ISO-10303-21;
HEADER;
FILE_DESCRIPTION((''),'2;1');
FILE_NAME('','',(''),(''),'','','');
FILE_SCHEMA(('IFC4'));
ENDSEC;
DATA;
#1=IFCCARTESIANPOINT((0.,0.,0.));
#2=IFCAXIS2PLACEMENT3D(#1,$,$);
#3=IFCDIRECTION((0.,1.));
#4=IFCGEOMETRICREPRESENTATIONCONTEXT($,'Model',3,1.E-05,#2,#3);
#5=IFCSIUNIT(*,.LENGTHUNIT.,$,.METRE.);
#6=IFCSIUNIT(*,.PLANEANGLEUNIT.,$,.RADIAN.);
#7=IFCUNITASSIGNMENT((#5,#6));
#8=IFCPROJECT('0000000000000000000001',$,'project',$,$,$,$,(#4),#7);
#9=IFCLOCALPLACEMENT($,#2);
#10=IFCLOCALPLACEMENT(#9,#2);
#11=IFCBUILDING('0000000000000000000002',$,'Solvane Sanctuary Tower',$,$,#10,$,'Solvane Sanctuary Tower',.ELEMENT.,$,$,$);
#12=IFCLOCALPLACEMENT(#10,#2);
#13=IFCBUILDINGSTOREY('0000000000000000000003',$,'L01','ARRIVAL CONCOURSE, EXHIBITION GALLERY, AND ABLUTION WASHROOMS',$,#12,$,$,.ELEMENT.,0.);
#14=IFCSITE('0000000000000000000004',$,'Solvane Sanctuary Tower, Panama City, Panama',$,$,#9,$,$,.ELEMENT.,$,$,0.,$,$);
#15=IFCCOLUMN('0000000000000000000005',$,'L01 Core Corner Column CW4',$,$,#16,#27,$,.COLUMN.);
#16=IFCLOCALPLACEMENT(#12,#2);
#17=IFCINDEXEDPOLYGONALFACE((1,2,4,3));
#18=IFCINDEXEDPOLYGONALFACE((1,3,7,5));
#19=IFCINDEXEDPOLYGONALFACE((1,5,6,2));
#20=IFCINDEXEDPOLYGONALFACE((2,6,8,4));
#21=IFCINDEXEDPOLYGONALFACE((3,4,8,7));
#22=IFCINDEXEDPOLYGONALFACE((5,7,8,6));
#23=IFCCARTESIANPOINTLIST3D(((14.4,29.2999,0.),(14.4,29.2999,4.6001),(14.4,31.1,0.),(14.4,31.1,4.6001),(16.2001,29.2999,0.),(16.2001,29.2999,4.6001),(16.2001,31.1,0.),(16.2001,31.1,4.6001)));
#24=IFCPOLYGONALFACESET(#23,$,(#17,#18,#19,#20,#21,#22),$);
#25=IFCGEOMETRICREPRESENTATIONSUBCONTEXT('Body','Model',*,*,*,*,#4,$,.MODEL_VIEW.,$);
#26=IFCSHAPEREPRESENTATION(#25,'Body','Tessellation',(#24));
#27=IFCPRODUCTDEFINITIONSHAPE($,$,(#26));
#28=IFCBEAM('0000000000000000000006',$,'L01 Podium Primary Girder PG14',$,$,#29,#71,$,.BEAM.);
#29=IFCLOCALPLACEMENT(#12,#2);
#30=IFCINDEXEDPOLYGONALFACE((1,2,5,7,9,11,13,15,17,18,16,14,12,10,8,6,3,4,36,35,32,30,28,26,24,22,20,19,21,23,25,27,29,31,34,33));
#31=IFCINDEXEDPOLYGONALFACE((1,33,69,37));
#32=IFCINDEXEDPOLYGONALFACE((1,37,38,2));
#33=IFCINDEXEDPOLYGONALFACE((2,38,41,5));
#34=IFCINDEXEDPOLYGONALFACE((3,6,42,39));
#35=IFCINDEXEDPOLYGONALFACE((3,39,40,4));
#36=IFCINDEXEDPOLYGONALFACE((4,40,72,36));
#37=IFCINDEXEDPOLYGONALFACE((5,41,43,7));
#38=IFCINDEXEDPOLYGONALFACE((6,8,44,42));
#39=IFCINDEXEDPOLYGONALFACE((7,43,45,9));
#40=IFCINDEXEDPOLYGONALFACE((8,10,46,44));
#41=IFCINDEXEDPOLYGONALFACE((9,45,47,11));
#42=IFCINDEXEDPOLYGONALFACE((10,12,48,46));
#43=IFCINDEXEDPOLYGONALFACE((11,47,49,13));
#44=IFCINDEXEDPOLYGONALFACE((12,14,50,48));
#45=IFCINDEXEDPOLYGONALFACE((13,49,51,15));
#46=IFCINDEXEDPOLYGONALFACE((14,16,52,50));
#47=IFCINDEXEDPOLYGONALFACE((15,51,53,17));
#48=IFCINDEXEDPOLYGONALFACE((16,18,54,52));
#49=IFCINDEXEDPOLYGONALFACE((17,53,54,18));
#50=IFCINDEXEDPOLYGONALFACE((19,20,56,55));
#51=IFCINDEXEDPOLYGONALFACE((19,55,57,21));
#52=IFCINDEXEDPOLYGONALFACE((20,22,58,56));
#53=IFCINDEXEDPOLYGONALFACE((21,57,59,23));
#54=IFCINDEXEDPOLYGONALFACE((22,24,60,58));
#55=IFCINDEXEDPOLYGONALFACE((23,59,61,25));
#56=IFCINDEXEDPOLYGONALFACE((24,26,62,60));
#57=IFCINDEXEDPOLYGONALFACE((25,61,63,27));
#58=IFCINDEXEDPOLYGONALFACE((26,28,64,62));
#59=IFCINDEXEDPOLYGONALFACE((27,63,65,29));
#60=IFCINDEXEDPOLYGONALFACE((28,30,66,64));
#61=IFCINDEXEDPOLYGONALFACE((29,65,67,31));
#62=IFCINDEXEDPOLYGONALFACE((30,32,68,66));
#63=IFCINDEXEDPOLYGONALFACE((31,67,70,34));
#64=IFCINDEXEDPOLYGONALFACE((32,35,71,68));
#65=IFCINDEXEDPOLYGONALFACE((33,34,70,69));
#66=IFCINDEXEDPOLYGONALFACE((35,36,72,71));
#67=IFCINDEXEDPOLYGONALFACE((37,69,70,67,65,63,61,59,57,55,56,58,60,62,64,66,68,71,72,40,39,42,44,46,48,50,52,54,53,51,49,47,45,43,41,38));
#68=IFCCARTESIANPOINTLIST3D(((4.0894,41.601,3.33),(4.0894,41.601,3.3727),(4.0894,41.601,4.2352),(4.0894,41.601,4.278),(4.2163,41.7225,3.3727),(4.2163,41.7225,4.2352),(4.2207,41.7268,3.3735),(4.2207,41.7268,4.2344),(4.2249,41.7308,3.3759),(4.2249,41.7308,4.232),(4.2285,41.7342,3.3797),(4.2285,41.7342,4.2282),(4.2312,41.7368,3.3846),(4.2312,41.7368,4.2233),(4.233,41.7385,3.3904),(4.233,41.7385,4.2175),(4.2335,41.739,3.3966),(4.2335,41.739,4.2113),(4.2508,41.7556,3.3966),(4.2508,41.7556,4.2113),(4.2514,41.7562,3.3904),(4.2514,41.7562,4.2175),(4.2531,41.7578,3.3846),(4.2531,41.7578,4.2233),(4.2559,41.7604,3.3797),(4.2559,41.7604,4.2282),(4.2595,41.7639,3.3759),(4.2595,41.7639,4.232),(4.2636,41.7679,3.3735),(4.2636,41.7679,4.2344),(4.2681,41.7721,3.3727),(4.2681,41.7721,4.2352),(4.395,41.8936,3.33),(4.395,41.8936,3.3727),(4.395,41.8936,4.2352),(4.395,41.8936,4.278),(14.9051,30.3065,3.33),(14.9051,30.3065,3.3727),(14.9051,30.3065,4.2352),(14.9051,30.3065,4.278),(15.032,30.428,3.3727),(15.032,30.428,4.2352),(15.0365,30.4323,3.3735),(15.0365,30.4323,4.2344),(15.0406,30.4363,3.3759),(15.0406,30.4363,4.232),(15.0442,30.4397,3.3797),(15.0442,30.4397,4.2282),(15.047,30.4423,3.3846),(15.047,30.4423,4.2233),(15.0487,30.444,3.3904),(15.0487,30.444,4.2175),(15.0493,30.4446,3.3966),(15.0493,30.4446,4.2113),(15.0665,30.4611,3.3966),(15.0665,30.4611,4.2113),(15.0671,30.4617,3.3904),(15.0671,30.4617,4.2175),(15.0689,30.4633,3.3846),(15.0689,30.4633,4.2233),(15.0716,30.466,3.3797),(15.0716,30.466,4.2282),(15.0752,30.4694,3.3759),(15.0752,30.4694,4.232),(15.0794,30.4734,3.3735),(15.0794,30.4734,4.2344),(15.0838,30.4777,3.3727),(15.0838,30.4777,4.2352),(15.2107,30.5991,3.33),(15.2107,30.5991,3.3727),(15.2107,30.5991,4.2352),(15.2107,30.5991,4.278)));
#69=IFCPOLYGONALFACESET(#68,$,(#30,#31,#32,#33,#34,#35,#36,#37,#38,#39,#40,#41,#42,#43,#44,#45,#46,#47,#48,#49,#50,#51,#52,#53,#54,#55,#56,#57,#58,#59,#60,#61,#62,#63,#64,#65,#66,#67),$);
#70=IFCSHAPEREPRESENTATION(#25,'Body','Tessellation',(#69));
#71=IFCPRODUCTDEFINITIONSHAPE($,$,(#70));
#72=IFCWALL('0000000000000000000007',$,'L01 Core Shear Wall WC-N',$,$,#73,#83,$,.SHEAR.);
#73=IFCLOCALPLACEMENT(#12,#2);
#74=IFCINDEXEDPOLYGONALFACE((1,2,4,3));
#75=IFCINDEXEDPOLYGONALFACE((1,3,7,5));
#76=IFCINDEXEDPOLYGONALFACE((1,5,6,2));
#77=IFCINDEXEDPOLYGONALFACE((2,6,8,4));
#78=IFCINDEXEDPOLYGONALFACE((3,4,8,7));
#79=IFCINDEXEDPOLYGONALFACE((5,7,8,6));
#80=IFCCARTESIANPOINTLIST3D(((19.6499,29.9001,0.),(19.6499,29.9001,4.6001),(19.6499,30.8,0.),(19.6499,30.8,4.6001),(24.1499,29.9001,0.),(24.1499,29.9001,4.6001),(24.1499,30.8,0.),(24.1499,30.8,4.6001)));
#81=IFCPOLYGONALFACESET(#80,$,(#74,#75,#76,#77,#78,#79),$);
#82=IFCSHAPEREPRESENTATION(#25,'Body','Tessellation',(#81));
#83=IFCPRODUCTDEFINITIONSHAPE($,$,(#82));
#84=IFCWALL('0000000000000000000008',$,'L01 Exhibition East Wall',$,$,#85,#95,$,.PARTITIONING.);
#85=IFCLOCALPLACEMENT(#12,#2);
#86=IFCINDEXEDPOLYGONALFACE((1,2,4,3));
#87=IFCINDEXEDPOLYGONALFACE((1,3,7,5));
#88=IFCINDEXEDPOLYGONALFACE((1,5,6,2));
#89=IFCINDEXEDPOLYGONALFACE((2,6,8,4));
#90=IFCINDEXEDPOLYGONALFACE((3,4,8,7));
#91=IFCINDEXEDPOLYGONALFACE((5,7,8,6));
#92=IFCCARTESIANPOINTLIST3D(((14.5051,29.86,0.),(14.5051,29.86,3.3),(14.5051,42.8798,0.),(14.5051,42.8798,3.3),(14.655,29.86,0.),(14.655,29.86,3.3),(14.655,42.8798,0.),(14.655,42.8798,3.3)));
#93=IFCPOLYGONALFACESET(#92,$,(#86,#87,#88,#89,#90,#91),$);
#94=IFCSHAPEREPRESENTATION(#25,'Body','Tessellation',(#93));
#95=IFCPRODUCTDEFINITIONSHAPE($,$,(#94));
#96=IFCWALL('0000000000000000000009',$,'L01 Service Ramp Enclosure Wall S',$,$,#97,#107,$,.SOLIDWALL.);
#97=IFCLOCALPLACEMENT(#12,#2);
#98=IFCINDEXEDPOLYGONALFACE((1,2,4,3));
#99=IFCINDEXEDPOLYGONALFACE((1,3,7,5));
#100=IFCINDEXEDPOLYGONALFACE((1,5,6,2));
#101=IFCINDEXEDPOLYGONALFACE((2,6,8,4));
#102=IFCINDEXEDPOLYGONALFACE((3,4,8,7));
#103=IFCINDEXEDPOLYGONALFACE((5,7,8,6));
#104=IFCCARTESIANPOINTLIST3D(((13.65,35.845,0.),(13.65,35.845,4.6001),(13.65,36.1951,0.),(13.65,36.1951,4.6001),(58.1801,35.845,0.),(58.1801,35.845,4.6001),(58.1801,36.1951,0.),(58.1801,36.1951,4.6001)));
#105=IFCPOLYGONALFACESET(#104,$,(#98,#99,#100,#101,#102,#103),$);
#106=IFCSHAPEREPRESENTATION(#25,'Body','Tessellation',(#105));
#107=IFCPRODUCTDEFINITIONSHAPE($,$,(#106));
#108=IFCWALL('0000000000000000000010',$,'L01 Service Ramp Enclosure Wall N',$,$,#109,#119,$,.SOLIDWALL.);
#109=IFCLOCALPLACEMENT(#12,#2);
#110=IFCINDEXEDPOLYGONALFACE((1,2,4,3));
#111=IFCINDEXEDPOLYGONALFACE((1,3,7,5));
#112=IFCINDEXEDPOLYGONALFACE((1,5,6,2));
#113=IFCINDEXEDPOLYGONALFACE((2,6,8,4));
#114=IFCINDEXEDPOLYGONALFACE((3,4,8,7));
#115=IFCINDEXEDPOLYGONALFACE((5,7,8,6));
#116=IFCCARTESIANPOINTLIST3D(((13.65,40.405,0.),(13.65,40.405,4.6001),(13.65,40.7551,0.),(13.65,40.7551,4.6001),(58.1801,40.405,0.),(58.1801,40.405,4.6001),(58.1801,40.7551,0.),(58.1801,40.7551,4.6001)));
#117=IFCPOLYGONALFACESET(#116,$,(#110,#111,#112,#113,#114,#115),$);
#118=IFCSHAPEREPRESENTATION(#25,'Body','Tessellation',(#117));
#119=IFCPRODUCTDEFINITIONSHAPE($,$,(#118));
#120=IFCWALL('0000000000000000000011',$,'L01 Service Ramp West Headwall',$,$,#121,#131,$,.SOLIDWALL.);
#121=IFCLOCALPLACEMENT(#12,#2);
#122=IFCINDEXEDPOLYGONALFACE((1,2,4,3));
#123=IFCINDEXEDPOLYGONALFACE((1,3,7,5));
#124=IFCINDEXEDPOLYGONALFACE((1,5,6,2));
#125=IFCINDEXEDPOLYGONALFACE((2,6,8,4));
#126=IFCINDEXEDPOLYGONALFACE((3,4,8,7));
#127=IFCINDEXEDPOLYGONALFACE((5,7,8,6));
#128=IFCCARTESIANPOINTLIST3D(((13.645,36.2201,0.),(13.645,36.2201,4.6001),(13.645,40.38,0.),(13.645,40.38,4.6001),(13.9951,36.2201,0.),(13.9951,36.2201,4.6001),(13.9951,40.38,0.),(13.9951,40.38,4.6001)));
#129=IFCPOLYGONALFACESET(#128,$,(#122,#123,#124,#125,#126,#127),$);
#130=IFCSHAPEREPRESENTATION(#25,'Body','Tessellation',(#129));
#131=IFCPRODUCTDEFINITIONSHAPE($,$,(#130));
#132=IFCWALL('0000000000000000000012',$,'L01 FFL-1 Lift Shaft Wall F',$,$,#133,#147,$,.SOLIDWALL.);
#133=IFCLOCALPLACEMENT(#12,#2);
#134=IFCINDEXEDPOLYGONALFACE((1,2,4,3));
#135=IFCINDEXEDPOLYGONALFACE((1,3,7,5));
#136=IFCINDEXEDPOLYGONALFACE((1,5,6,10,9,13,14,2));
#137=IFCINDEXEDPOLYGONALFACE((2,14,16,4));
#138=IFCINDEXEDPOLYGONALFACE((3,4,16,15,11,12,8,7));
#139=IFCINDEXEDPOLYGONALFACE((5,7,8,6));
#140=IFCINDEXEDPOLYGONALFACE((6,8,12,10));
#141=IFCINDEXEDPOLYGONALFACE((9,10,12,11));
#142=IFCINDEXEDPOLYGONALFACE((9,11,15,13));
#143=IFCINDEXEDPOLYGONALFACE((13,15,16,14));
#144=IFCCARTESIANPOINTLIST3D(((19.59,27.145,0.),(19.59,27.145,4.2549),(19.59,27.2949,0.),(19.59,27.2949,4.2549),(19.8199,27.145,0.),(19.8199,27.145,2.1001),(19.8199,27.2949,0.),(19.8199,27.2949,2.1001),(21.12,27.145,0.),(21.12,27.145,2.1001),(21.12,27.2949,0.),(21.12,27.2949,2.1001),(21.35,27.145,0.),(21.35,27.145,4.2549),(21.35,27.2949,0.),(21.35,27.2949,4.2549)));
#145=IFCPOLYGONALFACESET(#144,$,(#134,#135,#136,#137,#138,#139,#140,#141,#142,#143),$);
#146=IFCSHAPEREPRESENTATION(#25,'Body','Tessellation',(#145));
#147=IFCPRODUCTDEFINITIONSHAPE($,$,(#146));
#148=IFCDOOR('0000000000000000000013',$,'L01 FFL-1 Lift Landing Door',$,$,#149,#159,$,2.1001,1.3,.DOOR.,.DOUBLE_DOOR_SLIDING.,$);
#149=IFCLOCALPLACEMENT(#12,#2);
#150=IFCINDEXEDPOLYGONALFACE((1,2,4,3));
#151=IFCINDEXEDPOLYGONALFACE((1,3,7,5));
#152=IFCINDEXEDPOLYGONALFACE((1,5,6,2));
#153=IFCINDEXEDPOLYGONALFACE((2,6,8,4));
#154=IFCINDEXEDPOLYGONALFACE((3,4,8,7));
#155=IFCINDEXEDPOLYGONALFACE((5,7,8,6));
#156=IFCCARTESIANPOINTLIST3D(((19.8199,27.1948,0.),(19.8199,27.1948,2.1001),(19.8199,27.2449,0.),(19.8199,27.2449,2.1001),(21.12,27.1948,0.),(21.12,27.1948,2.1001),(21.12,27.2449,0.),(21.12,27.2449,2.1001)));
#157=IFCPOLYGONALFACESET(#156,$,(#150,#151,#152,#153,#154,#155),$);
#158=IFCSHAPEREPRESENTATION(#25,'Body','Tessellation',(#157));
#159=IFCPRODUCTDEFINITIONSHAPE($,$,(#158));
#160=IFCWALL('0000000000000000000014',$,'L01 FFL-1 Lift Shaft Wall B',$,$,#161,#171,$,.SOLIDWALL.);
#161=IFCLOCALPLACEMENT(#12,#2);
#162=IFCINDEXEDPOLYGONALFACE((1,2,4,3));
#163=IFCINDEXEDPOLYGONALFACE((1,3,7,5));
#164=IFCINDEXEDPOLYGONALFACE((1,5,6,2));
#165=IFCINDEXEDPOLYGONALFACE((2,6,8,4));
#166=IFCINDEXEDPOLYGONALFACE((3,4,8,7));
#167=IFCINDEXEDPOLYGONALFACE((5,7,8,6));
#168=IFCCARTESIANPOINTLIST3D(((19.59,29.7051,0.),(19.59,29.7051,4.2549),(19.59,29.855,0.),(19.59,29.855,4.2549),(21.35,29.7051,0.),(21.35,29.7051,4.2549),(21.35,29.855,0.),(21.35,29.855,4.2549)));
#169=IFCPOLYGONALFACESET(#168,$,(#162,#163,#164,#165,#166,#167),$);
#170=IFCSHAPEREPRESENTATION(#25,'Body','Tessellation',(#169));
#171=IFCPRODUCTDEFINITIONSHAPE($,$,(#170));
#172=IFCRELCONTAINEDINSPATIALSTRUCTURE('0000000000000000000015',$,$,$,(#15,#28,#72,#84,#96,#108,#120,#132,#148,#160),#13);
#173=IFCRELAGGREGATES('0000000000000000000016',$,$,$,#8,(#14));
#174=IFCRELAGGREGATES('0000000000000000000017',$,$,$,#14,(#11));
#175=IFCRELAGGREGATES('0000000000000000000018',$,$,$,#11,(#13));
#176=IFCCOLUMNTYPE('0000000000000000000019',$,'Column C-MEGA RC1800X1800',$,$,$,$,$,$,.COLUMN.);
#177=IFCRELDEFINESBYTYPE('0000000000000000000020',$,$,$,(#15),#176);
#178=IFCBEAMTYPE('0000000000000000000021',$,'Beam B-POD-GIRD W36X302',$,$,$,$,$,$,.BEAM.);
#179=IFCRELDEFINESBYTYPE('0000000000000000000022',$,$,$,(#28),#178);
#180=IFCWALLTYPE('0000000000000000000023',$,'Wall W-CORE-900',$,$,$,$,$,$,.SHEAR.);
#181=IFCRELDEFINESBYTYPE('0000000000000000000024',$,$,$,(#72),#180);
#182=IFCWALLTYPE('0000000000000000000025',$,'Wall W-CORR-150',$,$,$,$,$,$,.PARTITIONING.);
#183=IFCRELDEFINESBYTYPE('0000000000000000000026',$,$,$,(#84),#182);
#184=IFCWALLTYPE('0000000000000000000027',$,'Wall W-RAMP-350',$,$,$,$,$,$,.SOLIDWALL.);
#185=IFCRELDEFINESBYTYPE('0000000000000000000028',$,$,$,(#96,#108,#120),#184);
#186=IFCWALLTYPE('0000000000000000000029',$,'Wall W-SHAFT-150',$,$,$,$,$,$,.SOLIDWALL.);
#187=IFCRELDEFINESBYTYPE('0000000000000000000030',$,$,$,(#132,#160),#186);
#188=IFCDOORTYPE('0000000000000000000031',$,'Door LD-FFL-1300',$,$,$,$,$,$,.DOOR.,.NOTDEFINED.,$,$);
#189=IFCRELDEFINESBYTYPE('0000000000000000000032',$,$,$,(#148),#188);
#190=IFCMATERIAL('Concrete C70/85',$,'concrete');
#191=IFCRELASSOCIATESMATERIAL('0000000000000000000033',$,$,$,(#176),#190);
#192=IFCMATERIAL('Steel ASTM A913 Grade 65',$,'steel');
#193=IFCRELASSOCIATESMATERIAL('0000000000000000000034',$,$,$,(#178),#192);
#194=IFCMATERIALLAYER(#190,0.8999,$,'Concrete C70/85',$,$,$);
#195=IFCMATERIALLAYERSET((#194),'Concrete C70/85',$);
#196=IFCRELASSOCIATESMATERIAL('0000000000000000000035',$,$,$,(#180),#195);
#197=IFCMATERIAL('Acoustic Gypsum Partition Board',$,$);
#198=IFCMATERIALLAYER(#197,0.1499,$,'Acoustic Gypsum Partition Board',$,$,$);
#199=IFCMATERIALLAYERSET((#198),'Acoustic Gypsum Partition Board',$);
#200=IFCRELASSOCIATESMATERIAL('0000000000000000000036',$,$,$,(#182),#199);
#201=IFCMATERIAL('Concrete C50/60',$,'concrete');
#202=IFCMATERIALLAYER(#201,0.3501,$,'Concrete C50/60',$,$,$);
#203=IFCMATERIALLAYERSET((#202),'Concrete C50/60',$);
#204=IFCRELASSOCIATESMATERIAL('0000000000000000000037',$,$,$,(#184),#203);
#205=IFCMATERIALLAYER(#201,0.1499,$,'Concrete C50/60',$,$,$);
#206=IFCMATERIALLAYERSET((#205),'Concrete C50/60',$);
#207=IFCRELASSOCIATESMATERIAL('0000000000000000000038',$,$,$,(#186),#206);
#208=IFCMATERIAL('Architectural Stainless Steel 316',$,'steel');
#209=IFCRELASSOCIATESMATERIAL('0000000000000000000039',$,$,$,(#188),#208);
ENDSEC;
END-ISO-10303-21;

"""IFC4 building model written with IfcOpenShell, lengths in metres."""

from ifc_helpers import new_model, si_unit, direction, frame, frame_2d, origin, origin_2d, place, context, subcontext, project, spatial, rectangle, i_section, extrude, material, layer, layer_set, material_profile, profile_set, type_object, element, fill, save


model = new_model("IFC4")

# Units and contexts
model_context = context("Model", 3, precision=1e-05, world=origin(), true_north=direction((0.0, 1.0)))
body_context = subcontext(model_context, "Body", "Model", "MODEL_VIEW")
ifc_project = project(units=[si_unit("LENGTHUNIT", "METRE"), si_unit("PLANEANGLEUNIT", "RADIAN")], contexts=[model_context])

# Site, building, storey
site_placement = place(None, origin())
site = spatial("IfcSite", under=ifc_project, at=site_placement, Name="Solvane Sanctuary Tower, Panama City, Panama", CompositionType="ELEMENT", RefElevation=0.0)
building_placement = place(site_placement, origin())
building = spatial("IfcBuilding", under=site, at=building_placement, Name="Solvane Sanctuary Tower", LongName="Solvane Sanctuary Tower", CompositionType="ELEMENT")
storey_placement = place(building_placement, origin())
storey = spatial("IfcBuildingStorey", under=building, at=storey_placement, Name="L01", Description="ARRIVAL CONCOURSE, EXHIBITION GALLERY, AND ABLUTION WASHROOMS", CompositionType="ELEMENT", Elevation=0.0)

# Column
ifc_material_1 = material(Name="Concrete C70/85", Category="concrete")
ifc_material_profile_1 = material_profile(ifc_material_1, rectangle(XDim=1.8, YDim=1.8, at=origin_2d()), Name="RC1800X1800")
ifc_profile_set_1 = profile_set([ifc_material_profile_1], Name="Concrete C70/85")
column_type = type_object("IfcColumnType", Name="Column C-MEGA RC1800X1800", PredefinedType="COLUMN", material=ifc_profile_set_1)
column_placement = place(storey_placement, frame((15.3, 30.2, 0.0), z_axis=(0.0, 0.0, 1.0), x_axis=(1.0, 0.0, 0.0)))
element("IfcColumn", 1, at=column_placement, inside=storey, type_object=column_type, Name="L01 Core Corner Column CW4", PredefinedType="COLUMN", context=body_context, shape_type="SweptSolid", body=[
    extrude(rectangle(XDim=1.8, YDim=1.8, at=origin_2d()), origin(), (0.0, 0.0, 1.0), 4.6001),
])

# Beam
ifc_material_2 = material(Name="Steel ASTM A913 Grade 65", Category="steel")
ifc_material_profile_2 = material_profile(ifc_material_2, i_section(OverallWidth=0.4231, OverallDepth=0.948, WebThickness=0.0239, FlangeThickness=0.0427, FilletRadius=0.0239, at=origin_2d()), Name="W36X302")
ifc_profile_set_2 = profile_set([ifc_material_profile_2], Name="Steel ASTM A913 Grade 65")
beam_type = type_object("IfcBeamType", Name="Beam B-POD-GIRD W36X302", PredefinedType="BEAM", material=ifc_profile_set_2)
beam_placement = place(storey_placement, frame((4.2422, 41.7473, 3.804), z_axis=(0.691633, -0.722249, 0.0), x_axis=(0.722249, 0.691633, 0.0)))
element("IfcBeam", 2, at=beam_placement, inside=storey, type_object=beam_type, Name="L01 Podium Primary Girder PG14", PredefinedType="BEAM", context=body_context, shape_type="SweptSolid", body=[
    extrude(i_section(OverallWidth=0.4231, OverallDepth=0.948, WebThickness=0.0239, FlangeThickness=0.0427, FilletRadius=0.0239, at=origin_2d()), origin(), (0.0, 0.0, 1.0), 15.6379),
])

# Walls
ifc_layer_1 = layer(ifc_material_1, 0.8999, Name="Concrete C70/85")
ifc_layer_set_1 = layer_set([ifc_layer_1], Name="Concrete C70/85")
wall_type_1 = type_object("IfcWallType", Name="Wall W-CORE-900", PredefinedType="SHEAR", material=ifc_layer_set_1)
wall_1_placement = place(storey_placement, frame((19.6499, 30.3501, 0.0), z_axis=(0.0, 0.0, 1.0), x_axis=(1.0, 0.0, 0.0)))
element("IfcWall", 3, at=wall_1_placement, inside=storey, type_object=wall_type_1, Name="L01 Core Shear Wall WC-N", PredefinedType="SHEAR", context=body_context, shape_type="SweptSolid", body=[
    extrude(rectangle(XDim=4.5, YDim=0.8999, at=frame_2d((2.25, 0.0))), origin(), (0.0, 0.0, 1.0), 4.6001),
])
ifc_material_3 = material(Name="Acoustic Gypsum Partition Board")
ifc_layer_2 = layer(ifc_material_3, 0.1499, Name="Acoustic Gypsum Partition Board")
ifc_layer_set_2 = layer_set([ifc_layer_2], Name="Acoustic Gypsum Partition Board")
wall_type_2 = type_object("IfcWallType", Name="Wall W-CORR-150", PredefinedType="PARTITIONING", material=ifc_layer_set_2)
wall_2_placement = place(storey_placement, frame((14.5801, 29.8601, 0.0), z_axis=(0.0, 0.0, 1.0), x_axis=(0.0, 1.0, 0.0)))
element("IfcWall", 4, at=wall_2_placement, inside=storey, type_object=wall_type_2, Name="L01 Exhibition East Wall", PredefinedType="PARTITIONING", context=body_context, shape_type="SweptSolid", body=[
    extrude(rectangle(XDim=13.0198, YDim=0.1499, at=frame_2d((6.5098, 0.0))), origin(), (0.0, 0.0, 1.0), 3.3),
])
ifc_material_4 = material(Name="Concrete C50/60", Category="concrete")
ifc_layer_3 = layer(ifc_material_4, 0.3501, Name="Concrete C50/60")
ifc_layer_set_3 = layer_set([ifc_layer_3], Name="Concrete C50/60")
wall_type_3 = type_object("IfcWallType", Name="Wall W-RAMP-350", PredefinedType="SOLIDWALL", material=ifc_layer_set_3)
for number, where, z_axis, x_axis, name in (
    (5, (13.6499, 36.02, 0.0), (0.0, 0.0, 1.0), (1.0, 0.0, 0.0), "L01 Service Ramp Enclosure Wall S"),
    (6, (13.6499, 40.5801, 0.0), (0.0, 0.0, 1.0), (1.0, 0.0, 0.0), "L01 Service Ramp Enclosure Wall N"),
):
    element("IfcWall", number, at=place(storey_placement, frame(where, z_axis=z_axis, x_axis=x_axis)), inside=storey, type_object=wall_type_3, Name=name, PredefinedType="SOLIDWALL", context=body_context, shape_type="SweptSolid", body=[
        extrude(rectangle(XDim=44.53, YDim=0.3501, at=frame_2d((22.2651, 0.0))), origin(), (0.0, 0.0, 1.0), 4.6001),
    ])
wall_3_placement = place(storey_placement, frame((13.8201, 36.22, 0.0), z_axis=(0.0, 0.0, 1.0), x_axis=(0.0, 1.0, 0.0)))
element("IfcWall", 7, at=wall_3_placement, inside=storey, type_object=wall_type_3, Name="L01 Service Ramp West Headwall", PredefinedType="SOLIDWALL", context=body_context, shape_type="SweptSolid", body=[
    extrude(rectangle(XDim=4.1599, YDim=0.3501, at=frame_2d((2.0801, 0.0))), origin(), (0.0, 0.0, 1.0), 4.6001),
])

# Wall, opening, door
ifc_layer_4 = layer(ifc_material_4, 0.1499, Name="Concrete C50/60")
ifc_layer_set_4 = layer_set([ifc_layer_4], Name="Concrete C50/60")
wall_type_4 = type_object("IfcWallType", Name="Wall W-SHAFT-150", PredefinedType="SOLIDWALL", material=ifc_layer_set_4)
wall_4_placement = place(storey_placement, frame((19.5901, 27.22, 0.0), z_axis=(0.0, 0.0, 1.0), x_axis=(1.0, 0.0, 0.0)))
wall_4 = element("IfcWall", 8, at=wall_4_placement, inside=storey, type_object=wall_type_4, Name="L01 FFL-1 Lift Shaft Wall F", PredefinedType="SOLIDWALL", context=body_context, shape_type="SweptSolid", body=[
    extrude(rectangle(XDim=1.76, YDim=0.1499, at=frame_2d((0.8799, 0.0))), origin(), (0.0, 0.0, 1.0), 4.2549),
])
opening_placement = place(wall_4_placement, frame((0.23, 0.0, 0.0)))
opening = element("IfcOpeningElement", 9, at=opening_placement, cuts=wall_4, PredefinedType="OPENING", context=body_context, shape_type="SweptSolid", body=[
    extrude(rectangle(XDim=1.3, YDim=2.1001, at=frame_2d((0.6499, 1.05))), frame((0.0, 0.085, 0.0), z_axis=(0.0, -1.0, 0.0), x_axis=(1.0, 0.0, 0.0)), (0.0, 0.0, 1.0), 0.1699),
])
ifc_material_5 = material(Name="Architectural Stainless Steel 316", Category="steel")
door_type = type_object("IfcDoorType", Name="Door LD-FFL-1300", OperationType="NOTDEFINED", PredefinedType="DOOR", material=ifc_material_5)
door_placement = place(opening_placement, origin())
door = element("IfcDoor", 10, at=door_placement, inside=storey, type_object=door_type, Name="L01 FFL-1 Lift Landing Door", OperationType="DOUBLE_DOOR_SLIDING", OverallHeight=2.1001, OverallWidth=1.3, PredefinedType="DOOR", context=body_context, shape_type="SweptSolid", body=[
    extrude(rectangle(XDim=1.3, YDim=2.1001, at=frame_2d((0.6499, 1.05))), frame((0.0, 0.0249, 0.0), z_axis=(0.0, -1.0, 0.0), x_axis=(1.0, 0.0, 0.0)), (0.0, 0.0, 1.0), 0.05),
])
fill(opening, door)

# Wall
wall_5_placement = place(storey_placement, frame((19.5901, 29.78, 0.0), z_axis=(0.0, 0.0, 1.0), x_axis=(1.0, 0.0, 0.0)))
element("IfcWall", 11, at=wall_5_placement, inside=storey, type_object=wall_type_4, Name="L01 FFL-1 Lift Shaft Wall B", PredefinedType="SOLIDWALL", context=body_context, shape_type="SweptSolid", body=[
    extrude(rectangle(XDim=1.76, YDim=0.1499, at=frame_2d((0.8799, 0.0))), origin(), (0.0, 0.0, 1.0), 4.2549),
])

save(model, "model.ifc")
